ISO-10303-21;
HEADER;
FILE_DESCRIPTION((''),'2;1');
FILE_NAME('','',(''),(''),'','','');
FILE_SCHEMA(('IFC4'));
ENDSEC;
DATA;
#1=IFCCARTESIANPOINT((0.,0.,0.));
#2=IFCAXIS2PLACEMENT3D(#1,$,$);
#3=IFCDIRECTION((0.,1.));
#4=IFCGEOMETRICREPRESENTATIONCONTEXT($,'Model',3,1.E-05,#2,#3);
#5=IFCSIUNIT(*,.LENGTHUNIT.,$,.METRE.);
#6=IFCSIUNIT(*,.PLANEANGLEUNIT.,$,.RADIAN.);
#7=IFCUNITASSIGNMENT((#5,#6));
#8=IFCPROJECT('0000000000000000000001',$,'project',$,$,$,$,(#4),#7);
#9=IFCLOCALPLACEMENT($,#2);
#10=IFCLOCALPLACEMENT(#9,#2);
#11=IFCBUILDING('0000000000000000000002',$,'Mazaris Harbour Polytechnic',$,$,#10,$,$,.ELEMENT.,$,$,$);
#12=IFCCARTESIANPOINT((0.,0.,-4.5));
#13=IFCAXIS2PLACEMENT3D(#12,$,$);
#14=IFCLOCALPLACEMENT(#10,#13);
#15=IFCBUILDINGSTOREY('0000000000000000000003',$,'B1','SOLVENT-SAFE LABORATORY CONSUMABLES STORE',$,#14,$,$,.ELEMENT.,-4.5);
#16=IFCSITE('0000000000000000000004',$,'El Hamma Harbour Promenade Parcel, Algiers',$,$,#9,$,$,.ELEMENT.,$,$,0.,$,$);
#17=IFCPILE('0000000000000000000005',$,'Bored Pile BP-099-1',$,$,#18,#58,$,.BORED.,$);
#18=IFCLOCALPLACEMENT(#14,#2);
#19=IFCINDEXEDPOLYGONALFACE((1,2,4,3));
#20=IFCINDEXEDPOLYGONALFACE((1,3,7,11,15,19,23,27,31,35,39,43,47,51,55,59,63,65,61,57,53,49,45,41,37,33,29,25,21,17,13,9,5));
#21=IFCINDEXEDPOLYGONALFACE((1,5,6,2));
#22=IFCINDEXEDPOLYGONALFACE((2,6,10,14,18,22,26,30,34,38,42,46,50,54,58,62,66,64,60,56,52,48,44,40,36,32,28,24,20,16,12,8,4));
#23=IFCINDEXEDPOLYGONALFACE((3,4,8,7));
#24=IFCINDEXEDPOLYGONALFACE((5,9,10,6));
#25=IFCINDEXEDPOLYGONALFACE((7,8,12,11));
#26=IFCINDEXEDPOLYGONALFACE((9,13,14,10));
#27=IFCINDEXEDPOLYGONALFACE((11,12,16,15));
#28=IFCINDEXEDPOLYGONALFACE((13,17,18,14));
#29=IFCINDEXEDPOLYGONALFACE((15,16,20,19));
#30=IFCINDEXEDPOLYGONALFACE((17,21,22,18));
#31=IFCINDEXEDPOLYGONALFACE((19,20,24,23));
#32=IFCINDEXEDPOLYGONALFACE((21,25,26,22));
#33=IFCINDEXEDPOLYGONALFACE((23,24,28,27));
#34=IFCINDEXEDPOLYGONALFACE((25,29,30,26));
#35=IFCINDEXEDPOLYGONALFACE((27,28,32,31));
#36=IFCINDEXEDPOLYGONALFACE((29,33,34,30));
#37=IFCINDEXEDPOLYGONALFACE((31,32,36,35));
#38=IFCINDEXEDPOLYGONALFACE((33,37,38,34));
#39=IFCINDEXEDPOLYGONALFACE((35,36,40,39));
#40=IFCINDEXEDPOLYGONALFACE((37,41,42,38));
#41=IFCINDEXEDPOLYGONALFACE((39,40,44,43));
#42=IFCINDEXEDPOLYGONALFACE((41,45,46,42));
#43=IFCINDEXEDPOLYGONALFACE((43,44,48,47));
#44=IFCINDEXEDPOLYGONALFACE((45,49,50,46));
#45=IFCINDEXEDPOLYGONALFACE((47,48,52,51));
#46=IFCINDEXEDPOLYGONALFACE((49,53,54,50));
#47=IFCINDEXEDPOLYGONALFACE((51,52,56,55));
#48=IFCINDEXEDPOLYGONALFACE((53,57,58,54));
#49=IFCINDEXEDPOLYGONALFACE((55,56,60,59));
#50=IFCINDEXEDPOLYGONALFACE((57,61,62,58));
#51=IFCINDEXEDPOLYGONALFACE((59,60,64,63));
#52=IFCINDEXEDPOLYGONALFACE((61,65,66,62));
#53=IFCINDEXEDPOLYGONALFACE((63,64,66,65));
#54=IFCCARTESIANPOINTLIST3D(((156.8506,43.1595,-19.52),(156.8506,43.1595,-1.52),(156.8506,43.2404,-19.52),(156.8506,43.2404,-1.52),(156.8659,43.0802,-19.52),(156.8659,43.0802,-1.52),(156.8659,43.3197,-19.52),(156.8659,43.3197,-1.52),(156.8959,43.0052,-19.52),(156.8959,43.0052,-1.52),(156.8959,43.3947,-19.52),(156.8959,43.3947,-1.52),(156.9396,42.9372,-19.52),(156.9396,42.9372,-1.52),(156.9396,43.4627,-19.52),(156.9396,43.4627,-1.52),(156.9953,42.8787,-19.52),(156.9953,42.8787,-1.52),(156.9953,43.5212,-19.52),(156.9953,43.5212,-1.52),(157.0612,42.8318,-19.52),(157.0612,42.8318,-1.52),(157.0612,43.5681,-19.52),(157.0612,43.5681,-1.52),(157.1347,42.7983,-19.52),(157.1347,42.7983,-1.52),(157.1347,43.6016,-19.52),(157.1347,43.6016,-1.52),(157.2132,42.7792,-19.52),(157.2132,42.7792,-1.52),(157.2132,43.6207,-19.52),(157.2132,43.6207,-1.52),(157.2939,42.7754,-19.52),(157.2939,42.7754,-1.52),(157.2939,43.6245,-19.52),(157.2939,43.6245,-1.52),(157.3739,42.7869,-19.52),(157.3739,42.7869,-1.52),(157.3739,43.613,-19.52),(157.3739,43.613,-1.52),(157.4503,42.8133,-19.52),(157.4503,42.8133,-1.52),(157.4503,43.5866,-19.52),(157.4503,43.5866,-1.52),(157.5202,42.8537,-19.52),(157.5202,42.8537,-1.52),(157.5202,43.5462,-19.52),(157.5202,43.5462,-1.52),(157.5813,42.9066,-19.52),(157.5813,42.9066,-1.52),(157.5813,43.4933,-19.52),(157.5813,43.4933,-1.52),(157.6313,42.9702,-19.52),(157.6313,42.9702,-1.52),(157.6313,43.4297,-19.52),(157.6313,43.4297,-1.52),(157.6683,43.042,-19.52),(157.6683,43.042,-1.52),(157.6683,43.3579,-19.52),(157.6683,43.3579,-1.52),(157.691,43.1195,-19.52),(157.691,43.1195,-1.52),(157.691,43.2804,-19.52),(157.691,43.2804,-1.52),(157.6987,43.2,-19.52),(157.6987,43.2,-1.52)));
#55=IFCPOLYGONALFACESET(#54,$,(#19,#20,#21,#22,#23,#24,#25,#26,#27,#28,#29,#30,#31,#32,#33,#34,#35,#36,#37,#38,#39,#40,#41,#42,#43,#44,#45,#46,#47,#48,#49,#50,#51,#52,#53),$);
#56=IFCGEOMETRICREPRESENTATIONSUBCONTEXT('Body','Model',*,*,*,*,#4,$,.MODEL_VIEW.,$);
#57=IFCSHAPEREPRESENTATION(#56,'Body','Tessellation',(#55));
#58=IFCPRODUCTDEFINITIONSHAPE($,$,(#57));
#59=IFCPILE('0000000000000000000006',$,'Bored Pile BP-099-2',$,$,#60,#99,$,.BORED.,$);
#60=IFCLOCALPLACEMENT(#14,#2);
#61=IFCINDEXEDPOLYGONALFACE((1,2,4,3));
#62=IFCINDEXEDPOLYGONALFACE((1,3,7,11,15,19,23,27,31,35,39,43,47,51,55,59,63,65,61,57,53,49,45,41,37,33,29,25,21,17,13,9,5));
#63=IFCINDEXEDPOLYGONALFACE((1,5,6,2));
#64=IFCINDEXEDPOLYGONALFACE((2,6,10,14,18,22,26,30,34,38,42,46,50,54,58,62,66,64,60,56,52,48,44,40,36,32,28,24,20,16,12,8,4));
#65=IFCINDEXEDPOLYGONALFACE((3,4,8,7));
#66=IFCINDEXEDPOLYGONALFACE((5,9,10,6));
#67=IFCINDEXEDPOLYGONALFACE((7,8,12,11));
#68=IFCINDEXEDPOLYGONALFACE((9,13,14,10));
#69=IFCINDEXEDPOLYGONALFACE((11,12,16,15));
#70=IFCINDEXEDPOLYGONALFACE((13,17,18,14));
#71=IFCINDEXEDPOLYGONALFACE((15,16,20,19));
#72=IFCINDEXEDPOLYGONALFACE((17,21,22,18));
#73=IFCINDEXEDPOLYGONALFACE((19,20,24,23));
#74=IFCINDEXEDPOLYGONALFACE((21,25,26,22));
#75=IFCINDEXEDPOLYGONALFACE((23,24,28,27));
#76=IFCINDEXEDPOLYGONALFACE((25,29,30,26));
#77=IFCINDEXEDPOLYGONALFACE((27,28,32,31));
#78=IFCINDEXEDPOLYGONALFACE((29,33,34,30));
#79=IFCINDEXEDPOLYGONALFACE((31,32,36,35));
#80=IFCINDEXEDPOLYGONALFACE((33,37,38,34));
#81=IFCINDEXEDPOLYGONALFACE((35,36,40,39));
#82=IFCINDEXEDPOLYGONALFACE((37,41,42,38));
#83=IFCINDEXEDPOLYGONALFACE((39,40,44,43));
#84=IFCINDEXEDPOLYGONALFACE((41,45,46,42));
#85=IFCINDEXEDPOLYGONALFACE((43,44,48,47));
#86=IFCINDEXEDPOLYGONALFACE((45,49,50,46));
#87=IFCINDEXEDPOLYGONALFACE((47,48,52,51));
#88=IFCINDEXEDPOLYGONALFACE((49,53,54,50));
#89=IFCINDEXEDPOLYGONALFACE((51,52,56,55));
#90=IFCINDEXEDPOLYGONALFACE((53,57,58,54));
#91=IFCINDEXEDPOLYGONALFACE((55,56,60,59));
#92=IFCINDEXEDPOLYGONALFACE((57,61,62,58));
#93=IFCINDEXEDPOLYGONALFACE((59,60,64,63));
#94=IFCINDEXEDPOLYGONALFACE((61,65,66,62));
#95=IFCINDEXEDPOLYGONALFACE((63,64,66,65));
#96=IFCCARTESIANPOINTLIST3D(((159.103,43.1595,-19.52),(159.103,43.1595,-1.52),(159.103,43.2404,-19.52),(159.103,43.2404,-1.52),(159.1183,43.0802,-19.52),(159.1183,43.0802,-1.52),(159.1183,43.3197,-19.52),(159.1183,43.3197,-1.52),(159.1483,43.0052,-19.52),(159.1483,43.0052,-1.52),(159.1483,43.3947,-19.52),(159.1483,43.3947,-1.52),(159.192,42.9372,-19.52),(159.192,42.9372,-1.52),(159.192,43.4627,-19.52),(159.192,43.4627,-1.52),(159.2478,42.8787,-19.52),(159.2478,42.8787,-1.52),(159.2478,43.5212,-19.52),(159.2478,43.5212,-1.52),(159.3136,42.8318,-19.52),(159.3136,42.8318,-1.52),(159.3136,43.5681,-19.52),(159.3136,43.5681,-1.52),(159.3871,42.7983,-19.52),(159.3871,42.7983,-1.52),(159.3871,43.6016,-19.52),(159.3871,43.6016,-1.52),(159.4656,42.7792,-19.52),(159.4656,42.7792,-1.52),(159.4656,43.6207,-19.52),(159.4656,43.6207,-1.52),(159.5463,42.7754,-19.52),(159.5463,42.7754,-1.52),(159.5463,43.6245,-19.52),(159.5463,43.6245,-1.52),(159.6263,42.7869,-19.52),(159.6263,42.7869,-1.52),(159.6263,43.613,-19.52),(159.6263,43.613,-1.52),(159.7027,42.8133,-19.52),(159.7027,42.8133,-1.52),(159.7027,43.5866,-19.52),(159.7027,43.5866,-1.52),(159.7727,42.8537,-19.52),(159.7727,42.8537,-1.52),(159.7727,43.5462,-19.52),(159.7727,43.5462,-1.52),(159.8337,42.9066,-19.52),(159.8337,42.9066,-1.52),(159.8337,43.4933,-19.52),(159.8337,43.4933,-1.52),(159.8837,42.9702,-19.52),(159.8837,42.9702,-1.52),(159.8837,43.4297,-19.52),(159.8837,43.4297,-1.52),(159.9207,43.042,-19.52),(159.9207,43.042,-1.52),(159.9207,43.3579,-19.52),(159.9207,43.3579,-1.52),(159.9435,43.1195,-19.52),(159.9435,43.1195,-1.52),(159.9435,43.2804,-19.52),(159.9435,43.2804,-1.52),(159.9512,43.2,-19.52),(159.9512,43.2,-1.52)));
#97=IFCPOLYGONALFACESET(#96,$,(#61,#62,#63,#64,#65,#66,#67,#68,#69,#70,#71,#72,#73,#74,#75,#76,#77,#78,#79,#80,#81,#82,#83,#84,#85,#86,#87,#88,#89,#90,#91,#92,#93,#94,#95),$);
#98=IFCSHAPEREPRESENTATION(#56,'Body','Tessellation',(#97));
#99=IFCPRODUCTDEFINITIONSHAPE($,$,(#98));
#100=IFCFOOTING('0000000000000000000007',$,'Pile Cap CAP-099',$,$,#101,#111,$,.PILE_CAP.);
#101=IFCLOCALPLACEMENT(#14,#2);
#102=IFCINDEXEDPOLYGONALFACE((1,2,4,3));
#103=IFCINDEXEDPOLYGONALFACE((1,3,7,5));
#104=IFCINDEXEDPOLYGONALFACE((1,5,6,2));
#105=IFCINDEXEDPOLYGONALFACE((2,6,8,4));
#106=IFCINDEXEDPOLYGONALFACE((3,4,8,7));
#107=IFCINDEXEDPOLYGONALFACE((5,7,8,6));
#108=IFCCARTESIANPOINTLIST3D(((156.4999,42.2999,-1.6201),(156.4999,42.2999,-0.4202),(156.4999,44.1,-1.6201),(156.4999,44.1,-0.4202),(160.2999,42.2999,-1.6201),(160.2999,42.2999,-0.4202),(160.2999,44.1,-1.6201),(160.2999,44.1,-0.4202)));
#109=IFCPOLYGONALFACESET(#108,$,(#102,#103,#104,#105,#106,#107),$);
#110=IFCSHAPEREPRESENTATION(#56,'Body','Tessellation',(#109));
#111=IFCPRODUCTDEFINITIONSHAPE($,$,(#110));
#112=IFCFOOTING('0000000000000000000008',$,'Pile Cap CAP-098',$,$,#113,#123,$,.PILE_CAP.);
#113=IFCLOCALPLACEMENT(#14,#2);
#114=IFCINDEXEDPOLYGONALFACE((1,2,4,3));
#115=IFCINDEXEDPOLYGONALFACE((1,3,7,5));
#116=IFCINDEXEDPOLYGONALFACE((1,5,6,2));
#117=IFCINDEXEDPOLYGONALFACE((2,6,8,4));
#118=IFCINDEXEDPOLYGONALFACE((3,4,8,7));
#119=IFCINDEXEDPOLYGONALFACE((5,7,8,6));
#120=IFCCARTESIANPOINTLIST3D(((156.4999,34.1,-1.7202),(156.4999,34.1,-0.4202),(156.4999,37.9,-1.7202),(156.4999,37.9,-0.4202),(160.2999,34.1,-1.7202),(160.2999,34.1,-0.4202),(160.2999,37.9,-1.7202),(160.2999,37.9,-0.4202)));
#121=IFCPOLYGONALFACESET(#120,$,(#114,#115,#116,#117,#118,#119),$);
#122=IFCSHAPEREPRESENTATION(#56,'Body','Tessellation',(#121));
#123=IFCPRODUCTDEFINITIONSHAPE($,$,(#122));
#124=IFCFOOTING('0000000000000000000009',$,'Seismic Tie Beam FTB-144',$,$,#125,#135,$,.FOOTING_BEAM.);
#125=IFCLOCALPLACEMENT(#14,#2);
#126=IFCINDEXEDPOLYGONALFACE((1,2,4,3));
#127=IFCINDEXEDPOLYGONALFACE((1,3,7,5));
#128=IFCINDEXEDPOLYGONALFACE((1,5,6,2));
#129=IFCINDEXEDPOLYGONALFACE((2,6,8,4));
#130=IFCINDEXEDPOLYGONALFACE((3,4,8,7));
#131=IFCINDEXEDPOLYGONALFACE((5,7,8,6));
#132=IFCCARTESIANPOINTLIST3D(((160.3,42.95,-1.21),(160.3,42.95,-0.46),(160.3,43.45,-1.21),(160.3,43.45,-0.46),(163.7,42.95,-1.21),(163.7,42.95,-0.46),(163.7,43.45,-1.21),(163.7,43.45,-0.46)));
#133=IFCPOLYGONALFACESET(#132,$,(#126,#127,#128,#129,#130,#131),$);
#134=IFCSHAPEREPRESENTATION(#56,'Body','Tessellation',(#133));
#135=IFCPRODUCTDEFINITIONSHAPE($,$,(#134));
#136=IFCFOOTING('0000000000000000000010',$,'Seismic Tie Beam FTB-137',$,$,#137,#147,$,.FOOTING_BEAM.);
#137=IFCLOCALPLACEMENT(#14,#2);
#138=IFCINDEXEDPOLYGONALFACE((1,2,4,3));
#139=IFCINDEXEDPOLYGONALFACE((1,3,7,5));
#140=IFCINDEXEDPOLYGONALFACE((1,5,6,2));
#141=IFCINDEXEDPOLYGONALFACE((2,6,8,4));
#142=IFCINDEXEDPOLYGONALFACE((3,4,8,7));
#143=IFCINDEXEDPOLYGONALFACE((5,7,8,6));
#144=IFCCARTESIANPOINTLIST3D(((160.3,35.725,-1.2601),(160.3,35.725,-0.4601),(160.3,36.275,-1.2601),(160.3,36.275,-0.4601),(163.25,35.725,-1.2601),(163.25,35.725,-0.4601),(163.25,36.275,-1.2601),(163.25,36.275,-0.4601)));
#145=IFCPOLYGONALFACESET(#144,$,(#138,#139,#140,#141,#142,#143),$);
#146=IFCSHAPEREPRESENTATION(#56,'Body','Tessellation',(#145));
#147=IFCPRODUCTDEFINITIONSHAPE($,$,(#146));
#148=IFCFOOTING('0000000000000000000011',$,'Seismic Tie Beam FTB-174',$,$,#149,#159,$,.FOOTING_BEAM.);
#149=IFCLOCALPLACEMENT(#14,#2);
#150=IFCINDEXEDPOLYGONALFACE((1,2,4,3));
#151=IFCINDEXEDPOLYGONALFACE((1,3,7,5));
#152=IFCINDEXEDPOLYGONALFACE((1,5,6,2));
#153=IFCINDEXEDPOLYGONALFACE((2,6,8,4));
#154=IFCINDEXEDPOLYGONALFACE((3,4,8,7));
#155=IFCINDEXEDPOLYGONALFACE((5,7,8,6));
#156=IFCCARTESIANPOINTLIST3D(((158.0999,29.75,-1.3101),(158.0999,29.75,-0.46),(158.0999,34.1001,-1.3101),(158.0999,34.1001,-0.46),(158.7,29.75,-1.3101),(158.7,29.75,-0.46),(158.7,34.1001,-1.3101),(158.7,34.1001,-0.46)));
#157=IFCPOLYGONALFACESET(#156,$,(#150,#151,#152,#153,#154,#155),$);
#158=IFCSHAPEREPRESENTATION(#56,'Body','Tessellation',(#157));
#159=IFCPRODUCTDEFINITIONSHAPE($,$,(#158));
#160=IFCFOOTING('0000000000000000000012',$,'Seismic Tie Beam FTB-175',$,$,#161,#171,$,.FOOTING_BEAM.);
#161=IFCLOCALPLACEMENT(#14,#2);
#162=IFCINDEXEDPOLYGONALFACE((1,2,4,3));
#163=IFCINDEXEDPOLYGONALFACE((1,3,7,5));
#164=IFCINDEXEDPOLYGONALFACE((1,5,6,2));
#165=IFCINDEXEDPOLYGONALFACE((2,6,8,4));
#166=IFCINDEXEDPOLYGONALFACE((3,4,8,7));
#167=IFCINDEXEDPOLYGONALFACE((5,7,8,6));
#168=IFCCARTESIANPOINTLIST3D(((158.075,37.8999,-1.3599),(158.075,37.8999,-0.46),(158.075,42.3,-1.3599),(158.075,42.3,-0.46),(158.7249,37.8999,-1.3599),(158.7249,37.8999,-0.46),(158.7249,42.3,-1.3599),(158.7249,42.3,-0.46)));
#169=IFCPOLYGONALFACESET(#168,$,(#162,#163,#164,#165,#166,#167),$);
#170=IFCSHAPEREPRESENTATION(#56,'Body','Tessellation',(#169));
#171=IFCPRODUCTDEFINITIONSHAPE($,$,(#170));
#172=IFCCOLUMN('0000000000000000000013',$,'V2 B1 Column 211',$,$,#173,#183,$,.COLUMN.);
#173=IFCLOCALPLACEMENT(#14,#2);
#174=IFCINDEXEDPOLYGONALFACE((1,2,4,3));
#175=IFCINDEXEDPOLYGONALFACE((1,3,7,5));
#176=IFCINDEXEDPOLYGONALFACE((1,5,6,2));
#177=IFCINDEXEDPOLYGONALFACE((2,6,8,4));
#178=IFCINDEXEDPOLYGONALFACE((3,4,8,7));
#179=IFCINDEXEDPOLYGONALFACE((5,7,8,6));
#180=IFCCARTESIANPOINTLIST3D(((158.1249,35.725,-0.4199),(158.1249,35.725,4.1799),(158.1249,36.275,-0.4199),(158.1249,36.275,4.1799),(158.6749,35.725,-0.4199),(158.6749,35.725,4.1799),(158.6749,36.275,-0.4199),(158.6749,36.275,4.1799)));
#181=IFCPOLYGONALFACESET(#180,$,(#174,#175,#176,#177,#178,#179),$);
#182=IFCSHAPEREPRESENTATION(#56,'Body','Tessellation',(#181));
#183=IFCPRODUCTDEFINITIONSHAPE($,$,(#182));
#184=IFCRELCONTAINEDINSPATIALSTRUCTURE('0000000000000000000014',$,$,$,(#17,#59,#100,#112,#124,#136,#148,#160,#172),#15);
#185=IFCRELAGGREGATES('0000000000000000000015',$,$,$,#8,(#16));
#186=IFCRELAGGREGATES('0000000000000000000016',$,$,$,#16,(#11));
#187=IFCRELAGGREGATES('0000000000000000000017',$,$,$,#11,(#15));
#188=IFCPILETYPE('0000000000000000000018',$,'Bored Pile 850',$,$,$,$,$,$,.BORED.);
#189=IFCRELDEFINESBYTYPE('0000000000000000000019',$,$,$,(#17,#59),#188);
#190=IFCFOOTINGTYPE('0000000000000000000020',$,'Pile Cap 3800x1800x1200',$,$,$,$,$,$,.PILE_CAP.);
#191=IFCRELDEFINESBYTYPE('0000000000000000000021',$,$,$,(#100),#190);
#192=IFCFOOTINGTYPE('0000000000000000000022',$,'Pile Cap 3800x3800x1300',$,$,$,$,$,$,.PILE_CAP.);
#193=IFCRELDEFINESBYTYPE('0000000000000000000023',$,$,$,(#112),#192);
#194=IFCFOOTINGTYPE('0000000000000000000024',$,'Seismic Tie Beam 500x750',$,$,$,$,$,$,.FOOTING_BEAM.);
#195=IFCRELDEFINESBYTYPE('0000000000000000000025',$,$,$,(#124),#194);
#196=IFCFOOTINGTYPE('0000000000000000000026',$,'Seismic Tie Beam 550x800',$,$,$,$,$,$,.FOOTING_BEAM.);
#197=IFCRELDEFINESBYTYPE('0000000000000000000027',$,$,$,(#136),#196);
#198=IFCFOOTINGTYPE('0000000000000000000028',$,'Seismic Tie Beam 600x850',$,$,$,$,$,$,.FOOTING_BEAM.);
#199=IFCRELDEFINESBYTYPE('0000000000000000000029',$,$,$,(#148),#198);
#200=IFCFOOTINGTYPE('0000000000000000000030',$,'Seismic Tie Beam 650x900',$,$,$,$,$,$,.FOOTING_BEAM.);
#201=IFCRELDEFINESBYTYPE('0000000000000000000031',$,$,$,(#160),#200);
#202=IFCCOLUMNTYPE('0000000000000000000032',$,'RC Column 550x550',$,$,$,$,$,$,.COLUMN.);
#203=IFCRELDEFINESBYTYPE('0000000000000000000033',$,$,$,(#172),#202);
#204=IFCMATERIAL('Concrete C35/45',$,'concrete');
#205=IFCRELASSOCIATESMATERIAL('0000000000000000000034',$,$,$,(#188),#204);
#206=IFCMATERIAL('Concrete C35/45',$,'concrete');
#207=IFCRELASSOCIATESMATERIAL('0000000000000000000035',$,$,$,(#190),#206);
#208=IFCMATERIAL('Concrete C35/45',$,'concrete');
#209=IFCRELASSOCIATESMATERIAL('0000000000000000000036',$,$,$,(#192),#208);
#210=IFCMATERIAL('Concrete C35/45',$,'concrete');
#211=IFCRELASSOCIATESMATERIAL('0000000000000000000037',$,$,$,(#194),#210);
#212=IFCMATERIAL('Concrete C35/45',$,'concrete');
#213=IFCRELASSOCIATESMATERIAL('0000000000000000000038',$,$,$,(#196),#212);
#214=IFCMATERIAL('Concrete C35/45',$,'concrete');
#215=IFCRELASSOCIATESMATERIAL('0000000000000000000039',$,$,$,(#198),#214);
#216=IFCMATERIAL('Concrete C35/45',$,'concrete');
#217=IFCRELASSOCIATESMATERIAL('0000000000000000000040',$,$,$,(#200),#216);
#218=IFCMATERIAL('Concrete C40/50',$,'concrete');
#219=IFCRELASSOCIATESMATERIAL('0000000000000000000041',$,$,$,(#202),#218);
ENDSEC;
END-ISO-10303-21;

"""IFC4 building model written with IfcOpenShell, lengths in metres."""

from ifc_helpers import new_model, si_unit, direction, frame, origin, origin_2d, place, context, subcontext, project, spatial, rectangle, circle, extrude, material, material_profile, profile_set, type_object, element, save


model = new_model("IFC4")

# Units and contexts
model_context = context("Model", 3, precision=1e-05, world=origin(), true_north=direction((0.0, 1.0)))
body_context = subcontext(model_context, "Body", "Model", "MODEL_VIEW")
ifc_project = project(units=[si_unit("LENGTHUNIT", "METRE"), si_unit("PLANEANGLEUNIT", "RADIAN")], contexts=[model_context])

# Site, building, storey
site_placement = place(None, origin())
site = spatial("IfcSite", under=ifc_project, at=site_placement, Name="El Hamma Harbour Promenade Parcel, Algiers", CompositionType="ELEMENT", RefElevation=0.0)
building_placement = place(site_placement, origin())
building = spatial("IfcBuilding", under=site, at=building_placement, Name="Mazaris Harbour Polytechnic", CompositionType="ELEMENT")
storey_placement = place(building_placement, frame((0.0, 0.0, -4.5)))
storey = spatial("IfcBuildingStorey", under=building, at=storey_placement, Name="B1", Description="SOLVENT-SAFE LABORATORY CONSUMABLES STORE", CompositionType="ELEMENT", Elevation=-4.5)

# Piles
ifc_material_1 = material(Name="Concrete C35/45", Category="concrete")
ifc_material_profile_1 = material_profile(ifc_material_1, circle(Radius=0.425, at=origin_2d()), Name="DIA850")
ifc_profile_set_1 = profile_set([ifc_material_profile_1], Name="Concrete C35/45")
pile_type = type_object("IfcPileType", Name="Bored Pile 850", PredefinedType="BORED", material=ifc_profile_set_1)
for number, where, z_axis, x_axis, name in (
    (1, (157.2737, 43.2, -1.52), (0.0, 0.0, -1.0), (1.0, 0.0, 0.0), "Bored Pile BP-099-1"),
    (2, (159.5261, 43.2, -1.52), (0.0, 0.0, -1.0), (1.0, 0.0, 0.0), "Bored Pile BP-099-2"),
):
    element("IfcPile", number, at=place(storey_placement, frame(where, z_axis=z_axis, x_axis=x_axis)), inside=storey, type_object=pile_type, Name=name, PredefinedType="BORED", context=body_context, shape_type="SweptSolid", body=[
        extrude(circle(Radius=0.425, at=origin_2d()), origin(), (0.0, 0.0, 1.0), 18.0),
    ])

# Footings
ifc_material_2 = material(Name="Concrete C35/45", Category="concrete")
footing_type_1 = type_object("IfcFootingType", Name="Pile Cap 3800x1800x1200", PredefinedType="PILE_CAP", material=ifc_material_2)
footing_1_placement = place(storey_placement, frame((158.3999, 43.2, -1.6201), z_axis=(0.0, 0.0, 1.0), x_axis=(1.0, 0.0, 0.0)))
element("IfcFooting", 3, at=footing_1_placement, inside=storey, type_object=footing_type_1, Name="Pile Cap CAP-099", PredefinedType="PILE_CAP", context=body_context, shape_type="SweptSolid", body=[
    extrude(rectangle(XDim=3.8, YDim=1.8, at=origin_2d()), origin(), (0.0, 0.0, 1.0), 1.2),
])
ifc_material_3 = material(Name="Concrete C35/45", Category="concrete")
footing_type_2 = type_object("IfcFootingType", Name="Pile Cap 3800x3800x1300", PredefinedType="PILE_CAP", material=ifc_material_3)
footing_2_placement = place(storey_placement, frame((158.3999, 36.0, -1.7202), z_axis=(0.0, 0.0, 1.0), x_axis=(1.0, 0.0, 0.0)))
element("IfcFooting", 4, at=footing_2_placement, inside=storey, type_object=footing_type_2, Name="Pile Cap CAP-098", PredefinedType="PILE_CAP", context=body_context, shape_type="SweptSolid", body=[
    extrude(rectangle(XDim=3.8, YDim=3.8, at=origin_2d()), origin(), (0.0, 0.0, 1.0), 1.3),
])
ifc_material_4 = material(Name="Concrete C35/45", Category="concrete")
ifc_material_profile_2 = material_profile(ifc_material_4, rectangle(XDim=0.5, YDim=0.75, at=origin_2d()), Name="RECT500x750")
ifc_profile_set_2 = profile_set([ifc_material_profile_2], Name="Concrete C35/45")
footing_type_3 = type_object("IfcFootingType", Name="Seismic Tie Beam 500x750", PredefinedType="FOOTING_BEAM", material=ifc_profile_set_2)
footing_3_placement = place(storey_placement, frame((160.3, 43.2, -0.835), z_axis=(1.0, 0.0, 0.0), x_axis=(0.0, 1.0, 0.0)))
element("IfcFooting", 5, at=footing_3_placement, inside=storey, type_object=footing_type_3, Name="Seismic Tie Beam FTB-144", PredefinedType="FOOTING_BEAM", context=body_context, shape_type="SweptSolid", body=[
    extrude(rectangle(XDim=0.5, YDim=0.75, at=origin_2d()), origin(), (0.0, 0.0, 1.0), 3.3999),
])
ifc_material_5 = material(Name="Concrete C35/45", Category="concrete")
ifc_material_profile_3 = material_profile(ifc_material_5, rectangle(XDim=0.55, YDim=0.8, at=origin_2d()), Name="RECT550x800")
ifc_profile_set_3 = profile_set([ifc_material_profile_3], Name="Concrete C35/45")
footing_type_4 = type_object("IfcFootingType", Name="Seismic Tie Beam 550x800", PredefinedType="FOOTING_BEAM", material=ifc_profile_set_3)
footing_4_placement = place(storey_placement, frame((160.3, 36.0, -0.8601), z_axis=(1.0, 0.0, 0.0), x_axis=(0.0, 1.0, 0.0)))
element("IfcFooting", 6, at=footing_4_placement, inside=storey, type_object=footing_type_4, Name="Seismic Tie Beam FTB-137", PredefinedType="FOOTING_BEAM", context=body_context, shape_type="SweptSolid", body=[
    extrude(rectangle(XDim=0.55, YDim=0.8, at=origin_2d()), origin(), (0.0, 0.0, 1.0), 2.95),
])
ifc_material_6 = material(Name="Concrete C35/45", Category="concrete")
ifc_material_profile_4 = material_profile(ifc_material_6, rectangle(XDim=0.6001, YDim=0.8501, at=origin_2d()), Name="RECT600x850")
ifc_profile_set_4 = profile_set([ifc_material_profile_4], Name="Concrete C35/45")
footing_type_5 = type_object("IfcFootingType", Name="Seismic Tie Beam 600x850", PredefinedType="FOOTING_BEAM", material=ifc_profile_set_4)
footing_5_placement = place(storey_placement, frame((158.3999, 29.75, -0.885), z_axis=(0.0, 1.0, 0.0), x_axis=(-1.0, 0.0, 0.0)))
element("IfcFooting", 7, at=footing_5_placement, inside=storey, type_object=footing_type_5, Name="Seismic Tie Beam FTB-174", PredefinedType="FOOTING_BEAM", context=body_context, shape_type="SweptSolid", body=[
    extrude(rectangle(XDim=0.6001, YDim=0.8501, at=origin_2d()), origin(), (0.0, 0.0, 1.0), 4.3501),
])
ifc_material_7 = material(Name="Concrete C35/45", Category="concrete")
ifc_material_profile_5 = material_profile(ifc_material_7, rectangle(XDim=0.6499, YDim=0.8999, at=origin_2d()), Name="RECT650x900")
ifc_profile_set_5 = profile_set([ifc_material_profile_5], Name="Concrete C35/45")
footing_type_6 = type_object("IfcFootingType", Name="Seismic Tie Beam 650x900", PredefinedType="FOOTING_BEAM", material=ifc_profile_set_5)
footing_6_placement = place(storey_placement, frame((158.3999, 37.8999, -0.9099), z_axis=(0.0, 1.0, 0.0), x_axis=(-1.0, 0.0, 0.0)))
element("IfcFooting", 8, at=footing_6_placement, inside=storey, type_object=footing_type_6, Name="Seismic Tie Beam FTB-175", PredefinedType="FOOTING_BEAM", context=body_context, shape_type="SweptSolid", body=[
    extrude(rectangle(XDim=0.6499, YDim=0.8999, at=origin_2d()), origin(), (0.0, 0.0, 1.0), 4.4001),
])

# Column
ifc_material_8 = material(Name="Concrete C40/50", Category="concrete")
ifc_material_profile_6 = material_profile(ifc_material_8, rectangle(XDim=0.55, YDim=0.55, at=origin_2d()), Name="RECT550x550")
ifc_profile_set_6 = profile_set([ifc_material_profile_6], Name="Concrete C40/50")
column_type_1 = type_object("IfcColumnType", Name="RC Column 550x550", PredefinedType="COLUMN", material=ifc_profile_set_6)
column_1_placement = place(storey_placement, frame((158.3999, 36.0, -0.4199), z_axis=(0.0, 0.0, 1.0), x_axis=(1.0, 0.0, 0.0)))
element("IfcColumn", 9, at=column_1_placement, inside=storey, type_object=column_type_1, Name="V2 B1 Column 211", PredefinedType="COLUMN", context=body_context, shape_type="SweptSolid", body=[
    extrude(rectangle(XDim=0.55, YDim=0.55, at=origin_2d()), origin(), (0.0, 0.0, 1.0), 4.5999),
])

save(model, "model.ifc")
